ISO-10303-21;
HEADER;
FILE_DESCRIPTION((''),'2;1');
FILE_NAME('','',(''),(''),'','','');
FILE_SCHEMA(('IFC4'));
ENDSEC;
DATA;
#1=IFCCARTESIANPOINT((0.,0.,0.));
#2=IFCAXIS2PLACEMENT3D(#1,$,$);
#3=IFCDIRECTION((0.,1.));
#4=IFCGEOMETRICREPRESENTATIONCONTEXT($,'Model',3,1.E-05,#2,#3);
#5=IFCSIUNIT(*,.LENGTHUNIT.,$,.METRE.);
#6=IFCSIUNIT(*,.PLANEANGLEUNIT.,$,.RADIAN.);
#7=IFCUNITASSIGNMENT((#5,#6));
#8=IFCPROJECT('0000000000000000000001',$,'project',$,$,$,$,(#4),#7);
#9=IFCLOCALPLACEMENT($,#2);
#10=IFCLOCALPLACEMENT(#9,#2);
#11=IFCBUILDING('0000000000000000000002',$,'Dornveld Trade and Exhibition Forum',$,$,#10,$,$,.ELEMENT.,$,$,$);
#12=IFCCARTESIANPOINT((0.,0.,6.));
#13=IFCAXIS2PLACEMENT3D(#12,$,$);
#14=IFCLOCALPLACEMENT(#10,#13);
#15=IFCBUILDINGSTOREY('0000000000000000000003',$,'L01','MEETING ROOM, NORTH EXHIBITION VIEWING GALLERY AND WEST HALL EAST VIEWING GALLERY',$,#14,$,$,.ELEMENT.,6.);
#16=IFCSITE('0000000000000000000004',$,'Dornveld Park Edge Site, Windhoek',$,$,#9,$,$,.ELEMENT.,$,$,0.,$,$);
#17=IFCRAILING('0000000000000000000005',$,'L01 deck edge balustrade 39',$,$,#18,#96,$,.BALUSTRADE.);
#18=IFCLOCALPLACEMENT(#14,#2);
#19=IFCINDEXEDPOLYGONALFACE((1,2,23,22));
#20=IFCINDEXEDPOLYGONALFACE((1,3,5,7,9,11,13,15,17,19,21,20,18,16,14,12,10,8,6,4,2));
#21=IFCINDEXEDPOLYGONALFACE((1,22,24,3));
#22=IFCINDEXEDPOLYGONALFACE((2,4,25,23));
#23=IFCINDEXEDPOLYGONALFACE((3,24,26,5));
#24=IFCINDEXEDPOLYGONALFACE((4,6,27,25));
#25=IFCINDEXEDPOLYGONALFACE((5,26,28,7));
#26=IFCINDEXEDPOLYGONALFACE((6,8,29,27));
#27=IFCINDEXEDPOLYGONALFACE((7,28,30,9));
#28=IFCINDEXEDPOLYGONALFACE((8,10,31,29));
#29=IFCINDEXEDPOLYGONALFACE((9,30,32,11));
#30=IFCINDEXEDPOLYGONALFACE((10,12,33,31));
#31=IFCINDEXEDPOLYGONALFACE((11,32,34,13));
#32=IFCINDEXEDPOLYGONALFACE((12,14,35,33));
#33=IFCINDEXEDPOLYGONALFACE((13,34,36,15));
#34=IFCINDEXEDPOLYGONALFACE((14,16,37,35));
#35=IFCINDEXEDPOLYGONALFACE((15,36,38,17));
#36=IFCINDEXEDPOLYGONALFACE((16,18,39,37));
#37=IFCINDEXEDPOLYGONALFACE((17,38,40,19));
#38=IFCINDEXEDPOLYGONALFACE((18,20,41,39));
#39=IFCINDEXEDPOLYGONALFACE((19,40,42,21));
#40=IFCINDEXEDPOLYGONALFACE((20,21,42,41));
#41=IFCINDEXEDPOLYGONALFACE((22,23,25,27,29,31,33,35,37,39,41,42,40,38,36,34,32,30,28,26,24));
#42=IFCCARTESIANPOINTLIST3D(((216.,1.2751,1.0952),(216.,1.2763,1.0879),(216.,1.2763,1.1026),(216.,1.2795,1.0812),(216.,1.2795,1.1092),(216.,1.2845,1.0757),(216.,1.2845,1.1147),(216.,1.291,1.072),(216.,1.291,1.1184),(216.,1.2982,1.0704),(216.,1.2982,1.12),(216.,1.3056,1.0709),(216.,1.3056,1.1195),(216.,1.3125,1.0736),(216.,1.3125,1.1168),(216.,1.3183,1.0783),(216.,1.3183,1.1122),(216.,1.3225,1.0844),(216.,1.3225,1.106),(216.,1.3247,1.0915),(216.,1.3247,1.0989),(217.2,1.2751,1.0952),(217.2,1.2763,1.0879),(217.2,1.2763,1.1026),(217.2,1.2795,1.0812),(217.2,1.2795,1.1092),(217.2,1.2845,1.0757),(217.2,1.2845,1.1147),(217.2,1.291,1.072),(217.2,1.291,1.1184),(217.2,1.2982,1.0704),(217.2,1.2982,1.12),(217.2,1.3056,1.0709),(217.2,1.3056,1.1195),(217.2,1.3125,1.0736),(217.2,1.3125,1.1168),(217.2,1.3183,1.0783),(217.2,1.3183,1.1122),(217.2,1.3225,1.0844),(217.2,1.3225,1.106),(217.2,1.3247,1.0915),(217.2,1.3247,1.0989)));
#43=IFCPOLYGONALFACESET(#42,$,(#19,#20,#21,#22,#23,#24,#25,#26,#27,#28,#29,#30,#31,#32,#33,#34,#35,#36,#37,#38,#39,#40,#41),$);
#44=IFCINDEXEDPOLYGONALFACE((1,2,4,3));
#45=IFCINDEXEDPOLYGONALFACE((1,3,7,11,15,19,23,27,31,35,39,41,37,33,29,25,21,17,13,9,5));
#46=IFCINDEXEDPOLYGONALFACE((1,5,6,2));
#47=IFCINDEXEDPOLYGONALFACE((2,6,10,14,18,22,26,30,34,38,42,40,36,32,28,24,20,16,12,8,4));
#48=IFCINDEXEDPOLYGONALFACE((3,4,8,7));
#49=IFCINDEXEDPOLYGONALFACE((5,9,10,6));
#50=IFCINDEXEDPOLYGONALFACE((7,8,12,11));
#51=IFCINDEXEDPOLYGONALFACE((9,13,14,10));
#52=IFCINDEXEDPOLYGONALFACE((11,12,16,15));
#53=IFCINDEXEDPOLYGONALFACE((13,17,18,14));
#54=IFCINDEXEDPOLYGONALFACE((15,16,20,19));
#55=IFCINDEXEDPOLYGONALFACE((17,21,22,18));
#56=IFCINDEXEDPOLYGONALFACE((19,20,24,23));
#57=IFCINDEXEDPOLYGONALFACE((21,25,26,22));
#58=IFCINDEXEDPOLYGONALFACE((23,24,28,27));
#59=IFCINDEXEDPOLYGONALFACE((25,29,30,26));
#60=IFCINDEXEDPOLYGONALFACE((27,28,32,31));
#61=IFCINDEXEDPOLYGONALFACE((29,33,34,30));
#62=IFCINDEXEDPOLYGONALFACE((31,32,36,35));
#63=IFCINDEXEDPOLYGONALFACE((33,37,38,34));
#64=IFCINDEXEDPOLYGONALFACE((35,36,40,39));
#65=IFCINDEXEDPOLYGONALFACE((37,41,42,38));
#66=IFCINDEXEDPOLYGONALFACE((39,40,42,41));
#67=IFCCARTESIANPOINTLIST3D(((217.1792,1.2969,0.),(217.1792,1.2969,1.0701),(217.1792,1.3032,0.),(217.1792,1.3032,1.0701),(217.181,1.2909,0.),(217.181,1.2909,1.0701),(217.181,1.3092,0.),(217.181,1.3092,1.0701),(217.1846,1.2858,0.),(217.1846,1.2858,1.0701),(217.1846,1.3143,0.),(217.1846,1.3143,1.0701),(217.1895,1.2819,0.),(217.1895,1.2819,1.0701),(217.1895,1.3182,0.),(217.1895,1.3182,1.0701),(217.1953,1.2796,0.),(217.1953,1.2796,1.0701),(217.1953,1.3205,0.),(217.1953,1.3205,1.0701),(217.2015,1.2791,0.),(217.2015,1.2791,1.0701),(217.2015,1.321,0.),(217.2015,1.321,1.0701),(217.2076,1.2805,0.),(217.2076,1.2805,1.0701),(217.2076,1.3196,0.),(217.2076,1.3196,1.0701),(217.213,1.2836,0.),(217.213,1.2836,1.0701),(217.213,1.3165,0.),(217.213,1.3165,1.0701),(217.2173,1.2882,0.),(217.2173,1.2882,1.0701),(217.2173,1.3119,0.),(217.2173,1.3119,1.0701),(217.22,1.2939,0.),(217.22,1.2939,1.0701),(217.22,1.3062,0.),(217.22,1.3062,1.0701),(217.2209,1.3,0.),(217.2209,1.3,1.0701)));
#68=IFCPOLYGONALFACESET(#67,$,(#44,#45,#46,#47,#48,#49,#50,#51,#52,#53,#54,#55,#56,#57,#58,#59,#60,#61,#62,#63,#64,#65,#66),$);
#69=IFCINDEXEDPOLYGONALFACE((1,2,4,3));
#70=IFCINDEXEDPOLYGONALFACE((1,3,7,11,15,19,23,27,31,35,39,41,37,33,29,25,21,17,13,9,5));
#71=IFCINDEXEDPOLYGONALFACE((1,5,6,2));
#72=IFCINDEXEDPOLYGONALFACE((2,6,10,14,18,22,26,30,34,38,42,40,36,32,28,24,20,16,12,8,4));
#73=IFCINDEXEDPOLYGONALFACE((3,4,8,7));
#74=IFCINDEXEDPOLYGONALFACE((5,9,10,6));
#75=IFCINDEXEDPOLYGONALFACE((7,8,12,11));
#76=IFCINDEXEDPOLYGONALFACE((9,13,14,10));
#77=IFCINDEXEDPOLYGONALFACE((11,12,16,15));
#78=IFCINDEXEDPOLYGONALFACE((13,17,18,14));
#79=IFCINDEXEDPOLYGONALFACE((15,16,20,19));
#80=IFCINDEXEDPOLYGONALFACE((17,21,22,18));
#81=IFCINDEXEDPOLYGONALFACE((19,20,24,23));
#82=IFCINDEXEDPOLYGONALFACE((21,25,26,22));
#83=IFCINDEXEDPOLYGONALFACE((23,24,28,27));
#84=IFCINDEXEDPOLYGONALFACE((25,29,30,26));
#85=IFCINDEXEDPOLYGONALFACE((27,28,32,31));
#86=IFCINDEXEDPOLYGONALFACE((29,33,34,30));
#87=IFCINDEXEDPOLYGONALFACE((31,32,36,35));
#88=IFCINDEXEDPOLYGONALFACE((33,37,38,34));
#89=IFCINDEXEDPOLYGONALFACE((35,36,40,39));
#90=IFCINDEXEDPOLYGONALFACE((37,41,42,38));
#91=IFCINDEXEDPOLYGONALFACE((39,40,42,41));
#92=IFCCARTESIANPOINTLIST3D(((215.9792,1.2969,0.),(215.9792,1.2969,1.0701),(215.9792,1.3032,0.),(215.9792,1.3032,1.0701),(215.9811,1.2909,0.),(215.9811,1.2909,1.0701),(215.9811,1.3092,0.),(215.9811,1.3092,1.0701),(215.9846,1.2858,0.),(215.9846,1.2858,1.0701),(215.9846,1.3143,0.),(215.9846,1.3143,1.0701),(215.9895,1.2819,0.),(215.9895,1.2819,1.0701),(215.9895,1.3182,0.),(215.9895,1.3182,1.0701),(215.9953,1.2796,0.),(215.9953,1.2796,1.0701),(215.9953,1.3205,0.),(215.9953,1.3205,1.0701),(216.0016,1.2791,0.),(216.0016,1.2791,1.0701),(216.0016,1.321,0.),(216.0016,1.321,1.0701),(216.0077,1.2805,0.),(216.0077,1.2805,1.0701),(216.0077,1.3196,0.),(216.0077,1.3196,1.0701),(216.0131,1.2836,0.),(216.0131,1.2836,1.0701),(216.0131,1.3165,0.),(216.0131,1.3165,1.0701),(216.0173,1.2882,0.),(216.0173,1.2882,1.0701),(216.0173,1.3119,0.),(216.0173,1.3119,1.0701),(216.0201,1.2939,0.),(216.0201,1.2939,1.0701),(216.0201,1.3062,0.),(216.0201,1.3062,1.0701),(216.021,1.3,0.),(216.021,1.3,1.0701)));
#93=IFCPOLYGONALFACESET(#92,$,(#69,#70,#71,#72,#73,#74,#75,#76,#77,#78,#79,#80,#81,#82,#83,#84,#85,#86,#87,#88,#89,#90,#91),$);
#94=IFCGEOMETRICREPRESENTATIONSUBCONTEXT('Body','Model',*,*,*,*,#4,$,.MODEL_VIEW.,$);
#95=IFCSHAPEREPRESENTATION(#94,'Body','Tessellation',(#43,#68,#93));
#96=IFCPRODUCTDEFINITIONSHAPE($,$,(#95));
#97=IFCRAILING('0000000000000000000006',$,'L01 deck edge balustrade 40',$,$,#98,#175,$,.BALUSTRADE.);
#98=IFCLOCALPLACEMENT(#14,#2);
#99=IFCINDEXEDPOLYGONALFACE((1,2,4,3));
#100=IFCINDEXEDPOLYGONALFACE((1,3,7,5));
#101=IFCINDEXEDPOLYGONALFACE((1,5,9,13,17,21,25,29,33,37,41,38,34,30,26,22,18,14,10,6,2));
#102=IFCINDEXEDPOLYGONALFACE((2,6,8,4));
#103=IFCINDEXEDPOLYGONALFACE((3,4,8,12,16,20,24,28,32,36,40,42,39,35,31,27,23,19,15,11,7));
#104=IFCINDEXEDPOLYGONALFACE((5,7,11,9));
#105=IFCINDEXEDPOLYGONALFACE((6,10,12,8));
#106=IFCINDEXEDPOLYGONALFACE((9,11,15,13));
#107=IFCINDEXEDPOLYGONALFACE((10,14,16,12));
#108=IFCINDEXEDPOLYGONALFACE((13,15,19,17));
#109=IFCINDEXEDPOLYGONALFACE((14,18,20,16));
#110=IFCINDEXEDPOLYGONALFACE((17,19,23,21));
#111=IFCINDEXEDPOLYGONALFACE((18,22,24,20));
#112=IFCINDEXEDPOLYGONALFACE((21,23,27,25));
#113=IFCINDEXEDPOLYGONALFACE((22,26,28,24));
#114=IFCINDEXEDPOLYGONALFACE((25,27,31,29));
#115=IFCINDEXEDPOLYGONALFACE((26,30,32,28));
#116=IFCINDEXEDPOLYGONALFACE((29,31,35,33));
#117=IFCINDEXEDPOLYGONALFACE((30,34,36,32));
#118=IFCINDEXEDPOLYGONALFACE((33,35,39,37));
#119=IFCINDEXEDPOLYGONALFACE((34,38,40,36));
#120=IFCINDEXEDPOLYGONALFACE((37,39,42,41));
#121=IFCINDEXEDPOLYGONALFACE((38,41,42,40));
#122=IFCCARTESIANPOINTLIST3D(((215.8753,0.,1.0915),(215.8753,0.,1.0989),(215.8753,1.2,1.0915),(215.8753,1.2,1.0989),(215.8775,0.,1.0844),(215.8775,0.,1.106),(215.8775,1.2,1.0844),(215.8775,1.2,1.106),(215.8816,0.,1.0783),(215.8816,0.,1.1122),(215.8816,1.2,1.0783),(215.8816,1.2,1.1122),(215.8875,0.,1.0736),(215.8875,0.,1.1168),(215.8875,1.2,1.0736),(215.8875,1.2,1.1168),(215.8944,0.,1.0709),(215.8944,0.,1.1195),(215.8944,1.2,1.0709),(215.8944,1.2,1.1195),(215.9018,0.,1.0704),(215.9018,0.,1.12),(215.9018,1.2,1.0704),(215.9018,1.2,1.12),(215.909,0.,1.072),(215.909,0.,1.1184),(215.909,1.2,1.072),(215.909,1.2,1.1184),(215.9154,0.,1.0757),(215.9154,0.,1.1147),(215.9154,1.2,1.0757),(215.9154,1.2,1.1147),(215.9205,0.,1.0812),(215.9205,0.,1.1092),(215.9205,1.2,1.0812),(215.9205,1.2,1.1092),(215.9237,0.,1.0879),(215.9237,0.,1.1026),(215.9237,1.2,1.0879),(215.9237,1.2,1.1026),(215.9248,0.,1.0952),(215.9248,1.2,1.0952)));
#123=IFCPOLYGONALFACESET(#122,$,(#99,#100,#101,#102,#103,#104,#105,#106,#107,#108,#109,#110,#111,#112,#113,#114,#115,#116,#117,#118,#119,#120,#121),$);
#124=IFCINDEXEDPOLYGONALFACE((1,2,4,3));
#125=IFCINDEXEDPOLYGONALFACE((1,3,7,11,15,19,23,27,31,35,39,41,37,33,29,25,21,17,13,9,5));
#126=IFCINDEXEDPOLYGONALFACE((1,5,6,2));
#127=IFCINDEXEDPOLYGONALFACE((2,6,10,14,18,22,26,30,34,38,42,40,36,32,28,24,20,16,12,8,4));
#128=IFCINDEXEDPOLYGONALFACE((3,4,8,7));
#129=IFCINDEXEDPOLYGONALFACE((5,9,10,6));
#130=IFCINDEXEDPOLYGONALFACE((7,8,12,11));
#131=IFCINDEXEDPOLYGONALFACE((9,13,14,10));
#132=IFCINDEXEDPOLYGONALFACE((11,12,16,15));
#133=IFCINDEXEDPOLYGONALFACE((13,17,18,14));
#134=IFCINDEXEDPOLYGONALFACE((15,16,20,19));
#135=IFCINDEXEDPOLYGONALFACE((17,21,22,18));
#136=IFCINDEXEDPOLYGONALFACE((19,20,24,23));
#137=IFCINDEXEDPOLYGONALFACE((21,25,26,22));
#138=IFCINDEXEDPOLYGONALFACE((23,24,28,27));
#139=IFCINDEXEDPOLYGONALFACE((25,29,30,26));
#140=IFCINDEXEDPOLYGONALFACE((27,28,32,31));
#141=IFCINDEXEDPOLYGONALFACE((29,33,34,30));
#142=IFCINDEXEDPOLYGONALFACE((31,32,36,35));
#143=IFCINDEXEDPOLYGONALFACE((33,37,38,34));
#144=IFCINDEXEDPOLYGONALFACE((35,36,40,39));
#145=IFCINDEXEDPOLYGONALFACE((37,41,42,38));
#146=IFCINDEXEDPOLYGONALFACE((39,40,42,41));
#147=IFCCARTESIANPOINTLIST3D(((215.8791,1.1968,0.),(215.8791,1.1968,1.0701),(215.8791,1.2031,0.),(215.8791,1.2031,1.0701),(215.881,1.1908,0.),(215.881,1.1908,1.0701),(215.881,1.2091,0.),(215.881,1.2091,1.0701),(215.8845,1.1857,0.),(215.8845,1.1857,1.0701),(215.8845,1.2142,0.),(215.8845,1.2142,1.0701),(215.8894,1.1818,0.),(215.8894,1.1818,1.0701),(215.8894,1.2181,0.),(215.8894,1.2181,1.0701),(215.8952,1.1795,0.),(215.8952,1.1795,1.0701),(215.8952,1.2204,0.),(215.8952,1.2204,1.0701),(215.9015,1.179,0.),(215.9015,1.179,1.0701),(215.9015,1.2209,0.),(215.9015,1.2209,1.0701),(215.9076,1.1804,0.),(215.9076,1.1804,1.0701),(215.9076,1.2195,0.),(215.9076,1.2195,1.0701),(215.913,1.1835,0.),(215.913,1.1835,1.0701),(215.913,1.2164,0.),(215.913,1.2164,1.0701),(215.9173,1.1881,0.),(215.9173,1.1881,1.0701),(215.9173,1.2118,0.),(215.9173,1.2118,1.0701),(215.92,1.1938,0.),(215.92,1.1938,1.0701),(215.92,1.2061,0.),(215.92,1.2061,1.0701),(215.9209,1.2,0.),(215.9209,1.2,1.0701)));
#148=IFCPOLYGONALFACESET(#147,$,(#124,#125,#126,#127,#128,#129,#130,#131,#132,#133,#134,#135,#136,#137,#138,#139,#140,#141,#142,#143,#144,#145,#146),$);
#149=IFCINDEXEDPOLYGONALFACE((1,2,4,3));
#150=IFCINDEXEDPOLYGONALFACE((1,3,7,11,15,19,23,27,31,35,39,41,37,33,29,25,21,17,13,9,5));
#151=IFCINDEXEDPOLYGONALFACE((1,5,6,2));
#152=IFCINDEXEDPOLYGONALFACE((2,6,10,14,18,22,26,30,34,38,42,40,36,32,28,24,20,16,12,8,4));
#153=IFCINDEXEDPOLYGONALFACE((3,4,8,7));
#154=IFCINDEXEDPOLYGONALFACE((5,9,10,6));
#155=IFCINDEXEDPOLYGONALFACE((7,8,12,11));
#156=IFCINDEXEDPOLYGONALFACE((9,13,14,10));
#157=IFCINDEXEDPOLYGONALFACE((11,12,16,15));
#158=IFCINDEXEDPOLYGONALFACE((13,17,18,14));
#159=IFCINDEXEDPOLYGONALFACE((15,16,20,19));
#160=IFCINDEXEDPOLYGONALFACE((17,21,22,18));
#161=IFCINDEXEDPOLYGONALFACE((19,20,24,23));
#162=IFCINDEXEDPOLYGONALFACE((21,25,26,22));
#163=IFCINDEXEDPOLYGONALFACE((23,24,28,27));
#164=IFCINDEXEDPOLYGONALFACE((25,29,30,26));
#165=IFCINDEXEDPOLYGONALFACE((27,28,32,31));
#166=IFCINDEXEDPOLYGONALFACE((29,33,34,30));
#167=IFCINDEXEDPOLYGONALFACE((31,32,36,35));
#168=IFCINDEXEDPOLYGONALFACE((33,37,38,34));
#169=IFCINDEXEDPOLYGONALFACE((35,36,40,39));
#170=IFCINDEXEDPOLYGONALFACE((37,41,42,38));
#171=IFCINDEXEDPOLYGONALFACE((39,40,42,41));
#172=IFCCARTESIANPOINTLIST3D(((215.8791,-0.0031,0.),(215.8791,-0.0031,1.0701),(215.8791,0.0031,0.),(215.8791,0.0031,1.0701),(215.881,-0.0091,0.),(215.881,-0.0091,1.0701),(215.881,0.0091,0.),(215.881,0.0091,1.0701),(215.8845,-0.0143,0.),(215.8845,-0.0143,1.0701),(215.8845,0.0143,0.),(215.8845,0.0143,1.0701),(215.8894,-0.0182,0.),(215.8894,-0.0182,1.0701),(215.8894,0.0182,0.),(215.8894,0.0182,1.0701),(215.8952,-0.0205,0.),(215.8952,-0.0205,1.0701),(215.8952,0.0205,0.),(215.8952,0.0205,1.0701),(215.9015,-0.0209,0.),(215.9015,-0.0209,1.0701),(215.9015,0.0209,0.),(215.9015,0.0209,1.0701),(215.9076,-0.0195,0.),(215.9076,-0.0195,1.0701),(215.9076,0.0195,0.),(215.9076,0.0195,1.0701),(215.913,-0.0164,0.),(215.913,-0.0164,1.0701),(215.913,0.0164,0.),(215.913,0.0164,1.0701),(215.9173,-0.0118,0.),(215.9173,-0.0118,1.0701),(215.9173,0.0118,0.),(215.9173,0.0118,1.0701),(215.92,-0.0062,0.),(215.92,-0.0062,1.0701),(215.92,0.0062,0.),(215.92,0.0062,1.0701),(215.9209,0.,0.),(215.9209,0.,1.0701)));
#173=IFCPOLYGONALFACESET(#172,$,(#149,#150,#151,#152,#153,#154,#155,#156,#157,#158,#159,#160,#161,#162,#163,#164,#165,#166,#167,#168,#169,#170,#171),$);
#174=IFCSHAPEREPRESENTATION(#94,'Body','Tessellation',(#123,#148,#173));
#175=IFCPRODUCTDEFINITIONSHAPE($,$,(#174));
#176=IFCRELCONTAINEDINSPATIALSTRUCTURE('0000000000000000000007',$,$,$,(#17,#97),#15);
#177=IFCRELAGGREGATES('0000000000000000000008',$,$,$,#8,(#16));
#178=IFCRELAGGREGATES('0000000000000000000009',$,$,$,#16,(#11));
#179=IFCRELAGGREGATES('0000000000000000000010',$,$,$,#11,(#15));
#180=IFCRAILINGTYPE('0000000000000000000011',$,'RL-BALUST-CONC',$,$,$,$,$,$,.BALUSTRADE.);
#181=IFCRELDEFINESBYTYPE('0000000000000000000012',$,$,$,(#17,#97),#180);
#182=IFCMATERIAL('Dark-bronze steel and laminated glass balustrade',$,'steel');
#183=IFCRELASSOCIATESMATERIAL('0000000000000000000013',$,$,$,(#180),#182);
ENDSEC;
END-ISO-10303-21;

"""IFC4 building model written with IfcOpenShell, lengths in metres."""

from ifc_helpers import new_model, si_unit, direction, frame, origin, origin_2d, place, context, subcontext, project, spatial, circle, extrude, material, type_object, element, save


model = new_model("IFC4")

# Units and contexts
model_context = context("Model", 3, precision=1e-05, world=origin(), true_north=direction((0.0, 1.0)))
body_context = subcontext(model_context, "Body", "Model", "MODEL_VIEW")
ifc_project = project(units=[si_unit("LENGTHUNIT", "METRE"), si_unit("PLANEANGLEUNIT", "RADIAN")], contexts=[model_context])

# Site, building, storey
site_placement = place(None, origin())
site = spatial("IfcSite", under=ifc_project, at=site_placement, Name="Dornveld Park Edge Site, Windhoek", CompositionType="ELEMENT", RefElevation=0.0)
building_placement = place(site_placement, origin())
building = spatial("IfcBuilding", under=site, at=building_placement, Name="Dornveld Trade and Exhibition Forum", CompositionType="ELEMENT")
storey_placement = place(building_placement, frame((0.0, 0.0, 6.0)))
storey = spatial("IfcBuildingStorey", under=building, at=storey_placement, Name="L01", Description="MEETING ROOM, NORTH EXHIBITION VIEWING GALLERY AND WEST HALL EAST VIEWING GALLERY", CompositionType="ELEMENT", Elevation=6.0)

# Railings
ifc_material_1 = material(Name="Dark-bronze steel and laminated glass balustrade", Category="steel")
railing_type = type_object("IfcRailingType", Name="RL-BALUST-CONC", PredefinedType="BALUSTRADE", material=ifc_material_1)
railing_1_placement = place(storey_placement, frame((217.2, 1.3, 0.0)))
element("IfcRailing", 1, at=railing_1_placement, inside=storey, type_object=railing_type, Name="L01 deck edge balustrade 39", PredefinedType="BALUSTRADE", context=body_context, shape_type="SweptSolid", body=[
    extrude(circle(Radius=0.0249, at=origin_2d()), frame((0.0, 0.0, 1.0952), z_axis=(-1.0, 0.0, 0.0), x_axis=(0.0, -1.0, 0.0)), (0.0, 0.0, 1.0), 1.2),
    extrude(circle(Radius=0.021, at=origin_2d()), origin(), (0.0, 0.0, 1.0), 1.0701),
    extrude(circle(Radius=0.021, at=origin_2d()), frame((-1.2, 0.0, 0.0)), (0.0, 0.0, 1.0), 1.0701),
])
railing_2_placement = place(storey_placement, frame((215.8999, 1.2, 0.0)))
element("IfcRailing", 2, at=railing_2_placement, inside=storey, type_object=railing_type, Name="L01 deck edge balustrade 40", PredefinedType="BALUSTRADE", context=body_context, shape_type="SweptSolid", body=[
    extrude(circle(Radius=0.0249, at=origin_2d()), frame((0.0, 0.0, 1.0952), z_axis=(0.0, -1.0, 0.0), x_axis=(1.0, 0.0, 0.0)), (0.0, 0.0, 1.0), 1.2),
    extrude(circle(Radius=0.021, at=origin_2d()), origin(), (0.0, 0.0, 1.0), 1.0701),
    extrude(circle(Radius=0.021, at=origin_2d()), frame((0.0, -1.2, 0.0)), (0.0, 0.0, 1.0), 1.0701),
])

save(model, "model.ifc")
